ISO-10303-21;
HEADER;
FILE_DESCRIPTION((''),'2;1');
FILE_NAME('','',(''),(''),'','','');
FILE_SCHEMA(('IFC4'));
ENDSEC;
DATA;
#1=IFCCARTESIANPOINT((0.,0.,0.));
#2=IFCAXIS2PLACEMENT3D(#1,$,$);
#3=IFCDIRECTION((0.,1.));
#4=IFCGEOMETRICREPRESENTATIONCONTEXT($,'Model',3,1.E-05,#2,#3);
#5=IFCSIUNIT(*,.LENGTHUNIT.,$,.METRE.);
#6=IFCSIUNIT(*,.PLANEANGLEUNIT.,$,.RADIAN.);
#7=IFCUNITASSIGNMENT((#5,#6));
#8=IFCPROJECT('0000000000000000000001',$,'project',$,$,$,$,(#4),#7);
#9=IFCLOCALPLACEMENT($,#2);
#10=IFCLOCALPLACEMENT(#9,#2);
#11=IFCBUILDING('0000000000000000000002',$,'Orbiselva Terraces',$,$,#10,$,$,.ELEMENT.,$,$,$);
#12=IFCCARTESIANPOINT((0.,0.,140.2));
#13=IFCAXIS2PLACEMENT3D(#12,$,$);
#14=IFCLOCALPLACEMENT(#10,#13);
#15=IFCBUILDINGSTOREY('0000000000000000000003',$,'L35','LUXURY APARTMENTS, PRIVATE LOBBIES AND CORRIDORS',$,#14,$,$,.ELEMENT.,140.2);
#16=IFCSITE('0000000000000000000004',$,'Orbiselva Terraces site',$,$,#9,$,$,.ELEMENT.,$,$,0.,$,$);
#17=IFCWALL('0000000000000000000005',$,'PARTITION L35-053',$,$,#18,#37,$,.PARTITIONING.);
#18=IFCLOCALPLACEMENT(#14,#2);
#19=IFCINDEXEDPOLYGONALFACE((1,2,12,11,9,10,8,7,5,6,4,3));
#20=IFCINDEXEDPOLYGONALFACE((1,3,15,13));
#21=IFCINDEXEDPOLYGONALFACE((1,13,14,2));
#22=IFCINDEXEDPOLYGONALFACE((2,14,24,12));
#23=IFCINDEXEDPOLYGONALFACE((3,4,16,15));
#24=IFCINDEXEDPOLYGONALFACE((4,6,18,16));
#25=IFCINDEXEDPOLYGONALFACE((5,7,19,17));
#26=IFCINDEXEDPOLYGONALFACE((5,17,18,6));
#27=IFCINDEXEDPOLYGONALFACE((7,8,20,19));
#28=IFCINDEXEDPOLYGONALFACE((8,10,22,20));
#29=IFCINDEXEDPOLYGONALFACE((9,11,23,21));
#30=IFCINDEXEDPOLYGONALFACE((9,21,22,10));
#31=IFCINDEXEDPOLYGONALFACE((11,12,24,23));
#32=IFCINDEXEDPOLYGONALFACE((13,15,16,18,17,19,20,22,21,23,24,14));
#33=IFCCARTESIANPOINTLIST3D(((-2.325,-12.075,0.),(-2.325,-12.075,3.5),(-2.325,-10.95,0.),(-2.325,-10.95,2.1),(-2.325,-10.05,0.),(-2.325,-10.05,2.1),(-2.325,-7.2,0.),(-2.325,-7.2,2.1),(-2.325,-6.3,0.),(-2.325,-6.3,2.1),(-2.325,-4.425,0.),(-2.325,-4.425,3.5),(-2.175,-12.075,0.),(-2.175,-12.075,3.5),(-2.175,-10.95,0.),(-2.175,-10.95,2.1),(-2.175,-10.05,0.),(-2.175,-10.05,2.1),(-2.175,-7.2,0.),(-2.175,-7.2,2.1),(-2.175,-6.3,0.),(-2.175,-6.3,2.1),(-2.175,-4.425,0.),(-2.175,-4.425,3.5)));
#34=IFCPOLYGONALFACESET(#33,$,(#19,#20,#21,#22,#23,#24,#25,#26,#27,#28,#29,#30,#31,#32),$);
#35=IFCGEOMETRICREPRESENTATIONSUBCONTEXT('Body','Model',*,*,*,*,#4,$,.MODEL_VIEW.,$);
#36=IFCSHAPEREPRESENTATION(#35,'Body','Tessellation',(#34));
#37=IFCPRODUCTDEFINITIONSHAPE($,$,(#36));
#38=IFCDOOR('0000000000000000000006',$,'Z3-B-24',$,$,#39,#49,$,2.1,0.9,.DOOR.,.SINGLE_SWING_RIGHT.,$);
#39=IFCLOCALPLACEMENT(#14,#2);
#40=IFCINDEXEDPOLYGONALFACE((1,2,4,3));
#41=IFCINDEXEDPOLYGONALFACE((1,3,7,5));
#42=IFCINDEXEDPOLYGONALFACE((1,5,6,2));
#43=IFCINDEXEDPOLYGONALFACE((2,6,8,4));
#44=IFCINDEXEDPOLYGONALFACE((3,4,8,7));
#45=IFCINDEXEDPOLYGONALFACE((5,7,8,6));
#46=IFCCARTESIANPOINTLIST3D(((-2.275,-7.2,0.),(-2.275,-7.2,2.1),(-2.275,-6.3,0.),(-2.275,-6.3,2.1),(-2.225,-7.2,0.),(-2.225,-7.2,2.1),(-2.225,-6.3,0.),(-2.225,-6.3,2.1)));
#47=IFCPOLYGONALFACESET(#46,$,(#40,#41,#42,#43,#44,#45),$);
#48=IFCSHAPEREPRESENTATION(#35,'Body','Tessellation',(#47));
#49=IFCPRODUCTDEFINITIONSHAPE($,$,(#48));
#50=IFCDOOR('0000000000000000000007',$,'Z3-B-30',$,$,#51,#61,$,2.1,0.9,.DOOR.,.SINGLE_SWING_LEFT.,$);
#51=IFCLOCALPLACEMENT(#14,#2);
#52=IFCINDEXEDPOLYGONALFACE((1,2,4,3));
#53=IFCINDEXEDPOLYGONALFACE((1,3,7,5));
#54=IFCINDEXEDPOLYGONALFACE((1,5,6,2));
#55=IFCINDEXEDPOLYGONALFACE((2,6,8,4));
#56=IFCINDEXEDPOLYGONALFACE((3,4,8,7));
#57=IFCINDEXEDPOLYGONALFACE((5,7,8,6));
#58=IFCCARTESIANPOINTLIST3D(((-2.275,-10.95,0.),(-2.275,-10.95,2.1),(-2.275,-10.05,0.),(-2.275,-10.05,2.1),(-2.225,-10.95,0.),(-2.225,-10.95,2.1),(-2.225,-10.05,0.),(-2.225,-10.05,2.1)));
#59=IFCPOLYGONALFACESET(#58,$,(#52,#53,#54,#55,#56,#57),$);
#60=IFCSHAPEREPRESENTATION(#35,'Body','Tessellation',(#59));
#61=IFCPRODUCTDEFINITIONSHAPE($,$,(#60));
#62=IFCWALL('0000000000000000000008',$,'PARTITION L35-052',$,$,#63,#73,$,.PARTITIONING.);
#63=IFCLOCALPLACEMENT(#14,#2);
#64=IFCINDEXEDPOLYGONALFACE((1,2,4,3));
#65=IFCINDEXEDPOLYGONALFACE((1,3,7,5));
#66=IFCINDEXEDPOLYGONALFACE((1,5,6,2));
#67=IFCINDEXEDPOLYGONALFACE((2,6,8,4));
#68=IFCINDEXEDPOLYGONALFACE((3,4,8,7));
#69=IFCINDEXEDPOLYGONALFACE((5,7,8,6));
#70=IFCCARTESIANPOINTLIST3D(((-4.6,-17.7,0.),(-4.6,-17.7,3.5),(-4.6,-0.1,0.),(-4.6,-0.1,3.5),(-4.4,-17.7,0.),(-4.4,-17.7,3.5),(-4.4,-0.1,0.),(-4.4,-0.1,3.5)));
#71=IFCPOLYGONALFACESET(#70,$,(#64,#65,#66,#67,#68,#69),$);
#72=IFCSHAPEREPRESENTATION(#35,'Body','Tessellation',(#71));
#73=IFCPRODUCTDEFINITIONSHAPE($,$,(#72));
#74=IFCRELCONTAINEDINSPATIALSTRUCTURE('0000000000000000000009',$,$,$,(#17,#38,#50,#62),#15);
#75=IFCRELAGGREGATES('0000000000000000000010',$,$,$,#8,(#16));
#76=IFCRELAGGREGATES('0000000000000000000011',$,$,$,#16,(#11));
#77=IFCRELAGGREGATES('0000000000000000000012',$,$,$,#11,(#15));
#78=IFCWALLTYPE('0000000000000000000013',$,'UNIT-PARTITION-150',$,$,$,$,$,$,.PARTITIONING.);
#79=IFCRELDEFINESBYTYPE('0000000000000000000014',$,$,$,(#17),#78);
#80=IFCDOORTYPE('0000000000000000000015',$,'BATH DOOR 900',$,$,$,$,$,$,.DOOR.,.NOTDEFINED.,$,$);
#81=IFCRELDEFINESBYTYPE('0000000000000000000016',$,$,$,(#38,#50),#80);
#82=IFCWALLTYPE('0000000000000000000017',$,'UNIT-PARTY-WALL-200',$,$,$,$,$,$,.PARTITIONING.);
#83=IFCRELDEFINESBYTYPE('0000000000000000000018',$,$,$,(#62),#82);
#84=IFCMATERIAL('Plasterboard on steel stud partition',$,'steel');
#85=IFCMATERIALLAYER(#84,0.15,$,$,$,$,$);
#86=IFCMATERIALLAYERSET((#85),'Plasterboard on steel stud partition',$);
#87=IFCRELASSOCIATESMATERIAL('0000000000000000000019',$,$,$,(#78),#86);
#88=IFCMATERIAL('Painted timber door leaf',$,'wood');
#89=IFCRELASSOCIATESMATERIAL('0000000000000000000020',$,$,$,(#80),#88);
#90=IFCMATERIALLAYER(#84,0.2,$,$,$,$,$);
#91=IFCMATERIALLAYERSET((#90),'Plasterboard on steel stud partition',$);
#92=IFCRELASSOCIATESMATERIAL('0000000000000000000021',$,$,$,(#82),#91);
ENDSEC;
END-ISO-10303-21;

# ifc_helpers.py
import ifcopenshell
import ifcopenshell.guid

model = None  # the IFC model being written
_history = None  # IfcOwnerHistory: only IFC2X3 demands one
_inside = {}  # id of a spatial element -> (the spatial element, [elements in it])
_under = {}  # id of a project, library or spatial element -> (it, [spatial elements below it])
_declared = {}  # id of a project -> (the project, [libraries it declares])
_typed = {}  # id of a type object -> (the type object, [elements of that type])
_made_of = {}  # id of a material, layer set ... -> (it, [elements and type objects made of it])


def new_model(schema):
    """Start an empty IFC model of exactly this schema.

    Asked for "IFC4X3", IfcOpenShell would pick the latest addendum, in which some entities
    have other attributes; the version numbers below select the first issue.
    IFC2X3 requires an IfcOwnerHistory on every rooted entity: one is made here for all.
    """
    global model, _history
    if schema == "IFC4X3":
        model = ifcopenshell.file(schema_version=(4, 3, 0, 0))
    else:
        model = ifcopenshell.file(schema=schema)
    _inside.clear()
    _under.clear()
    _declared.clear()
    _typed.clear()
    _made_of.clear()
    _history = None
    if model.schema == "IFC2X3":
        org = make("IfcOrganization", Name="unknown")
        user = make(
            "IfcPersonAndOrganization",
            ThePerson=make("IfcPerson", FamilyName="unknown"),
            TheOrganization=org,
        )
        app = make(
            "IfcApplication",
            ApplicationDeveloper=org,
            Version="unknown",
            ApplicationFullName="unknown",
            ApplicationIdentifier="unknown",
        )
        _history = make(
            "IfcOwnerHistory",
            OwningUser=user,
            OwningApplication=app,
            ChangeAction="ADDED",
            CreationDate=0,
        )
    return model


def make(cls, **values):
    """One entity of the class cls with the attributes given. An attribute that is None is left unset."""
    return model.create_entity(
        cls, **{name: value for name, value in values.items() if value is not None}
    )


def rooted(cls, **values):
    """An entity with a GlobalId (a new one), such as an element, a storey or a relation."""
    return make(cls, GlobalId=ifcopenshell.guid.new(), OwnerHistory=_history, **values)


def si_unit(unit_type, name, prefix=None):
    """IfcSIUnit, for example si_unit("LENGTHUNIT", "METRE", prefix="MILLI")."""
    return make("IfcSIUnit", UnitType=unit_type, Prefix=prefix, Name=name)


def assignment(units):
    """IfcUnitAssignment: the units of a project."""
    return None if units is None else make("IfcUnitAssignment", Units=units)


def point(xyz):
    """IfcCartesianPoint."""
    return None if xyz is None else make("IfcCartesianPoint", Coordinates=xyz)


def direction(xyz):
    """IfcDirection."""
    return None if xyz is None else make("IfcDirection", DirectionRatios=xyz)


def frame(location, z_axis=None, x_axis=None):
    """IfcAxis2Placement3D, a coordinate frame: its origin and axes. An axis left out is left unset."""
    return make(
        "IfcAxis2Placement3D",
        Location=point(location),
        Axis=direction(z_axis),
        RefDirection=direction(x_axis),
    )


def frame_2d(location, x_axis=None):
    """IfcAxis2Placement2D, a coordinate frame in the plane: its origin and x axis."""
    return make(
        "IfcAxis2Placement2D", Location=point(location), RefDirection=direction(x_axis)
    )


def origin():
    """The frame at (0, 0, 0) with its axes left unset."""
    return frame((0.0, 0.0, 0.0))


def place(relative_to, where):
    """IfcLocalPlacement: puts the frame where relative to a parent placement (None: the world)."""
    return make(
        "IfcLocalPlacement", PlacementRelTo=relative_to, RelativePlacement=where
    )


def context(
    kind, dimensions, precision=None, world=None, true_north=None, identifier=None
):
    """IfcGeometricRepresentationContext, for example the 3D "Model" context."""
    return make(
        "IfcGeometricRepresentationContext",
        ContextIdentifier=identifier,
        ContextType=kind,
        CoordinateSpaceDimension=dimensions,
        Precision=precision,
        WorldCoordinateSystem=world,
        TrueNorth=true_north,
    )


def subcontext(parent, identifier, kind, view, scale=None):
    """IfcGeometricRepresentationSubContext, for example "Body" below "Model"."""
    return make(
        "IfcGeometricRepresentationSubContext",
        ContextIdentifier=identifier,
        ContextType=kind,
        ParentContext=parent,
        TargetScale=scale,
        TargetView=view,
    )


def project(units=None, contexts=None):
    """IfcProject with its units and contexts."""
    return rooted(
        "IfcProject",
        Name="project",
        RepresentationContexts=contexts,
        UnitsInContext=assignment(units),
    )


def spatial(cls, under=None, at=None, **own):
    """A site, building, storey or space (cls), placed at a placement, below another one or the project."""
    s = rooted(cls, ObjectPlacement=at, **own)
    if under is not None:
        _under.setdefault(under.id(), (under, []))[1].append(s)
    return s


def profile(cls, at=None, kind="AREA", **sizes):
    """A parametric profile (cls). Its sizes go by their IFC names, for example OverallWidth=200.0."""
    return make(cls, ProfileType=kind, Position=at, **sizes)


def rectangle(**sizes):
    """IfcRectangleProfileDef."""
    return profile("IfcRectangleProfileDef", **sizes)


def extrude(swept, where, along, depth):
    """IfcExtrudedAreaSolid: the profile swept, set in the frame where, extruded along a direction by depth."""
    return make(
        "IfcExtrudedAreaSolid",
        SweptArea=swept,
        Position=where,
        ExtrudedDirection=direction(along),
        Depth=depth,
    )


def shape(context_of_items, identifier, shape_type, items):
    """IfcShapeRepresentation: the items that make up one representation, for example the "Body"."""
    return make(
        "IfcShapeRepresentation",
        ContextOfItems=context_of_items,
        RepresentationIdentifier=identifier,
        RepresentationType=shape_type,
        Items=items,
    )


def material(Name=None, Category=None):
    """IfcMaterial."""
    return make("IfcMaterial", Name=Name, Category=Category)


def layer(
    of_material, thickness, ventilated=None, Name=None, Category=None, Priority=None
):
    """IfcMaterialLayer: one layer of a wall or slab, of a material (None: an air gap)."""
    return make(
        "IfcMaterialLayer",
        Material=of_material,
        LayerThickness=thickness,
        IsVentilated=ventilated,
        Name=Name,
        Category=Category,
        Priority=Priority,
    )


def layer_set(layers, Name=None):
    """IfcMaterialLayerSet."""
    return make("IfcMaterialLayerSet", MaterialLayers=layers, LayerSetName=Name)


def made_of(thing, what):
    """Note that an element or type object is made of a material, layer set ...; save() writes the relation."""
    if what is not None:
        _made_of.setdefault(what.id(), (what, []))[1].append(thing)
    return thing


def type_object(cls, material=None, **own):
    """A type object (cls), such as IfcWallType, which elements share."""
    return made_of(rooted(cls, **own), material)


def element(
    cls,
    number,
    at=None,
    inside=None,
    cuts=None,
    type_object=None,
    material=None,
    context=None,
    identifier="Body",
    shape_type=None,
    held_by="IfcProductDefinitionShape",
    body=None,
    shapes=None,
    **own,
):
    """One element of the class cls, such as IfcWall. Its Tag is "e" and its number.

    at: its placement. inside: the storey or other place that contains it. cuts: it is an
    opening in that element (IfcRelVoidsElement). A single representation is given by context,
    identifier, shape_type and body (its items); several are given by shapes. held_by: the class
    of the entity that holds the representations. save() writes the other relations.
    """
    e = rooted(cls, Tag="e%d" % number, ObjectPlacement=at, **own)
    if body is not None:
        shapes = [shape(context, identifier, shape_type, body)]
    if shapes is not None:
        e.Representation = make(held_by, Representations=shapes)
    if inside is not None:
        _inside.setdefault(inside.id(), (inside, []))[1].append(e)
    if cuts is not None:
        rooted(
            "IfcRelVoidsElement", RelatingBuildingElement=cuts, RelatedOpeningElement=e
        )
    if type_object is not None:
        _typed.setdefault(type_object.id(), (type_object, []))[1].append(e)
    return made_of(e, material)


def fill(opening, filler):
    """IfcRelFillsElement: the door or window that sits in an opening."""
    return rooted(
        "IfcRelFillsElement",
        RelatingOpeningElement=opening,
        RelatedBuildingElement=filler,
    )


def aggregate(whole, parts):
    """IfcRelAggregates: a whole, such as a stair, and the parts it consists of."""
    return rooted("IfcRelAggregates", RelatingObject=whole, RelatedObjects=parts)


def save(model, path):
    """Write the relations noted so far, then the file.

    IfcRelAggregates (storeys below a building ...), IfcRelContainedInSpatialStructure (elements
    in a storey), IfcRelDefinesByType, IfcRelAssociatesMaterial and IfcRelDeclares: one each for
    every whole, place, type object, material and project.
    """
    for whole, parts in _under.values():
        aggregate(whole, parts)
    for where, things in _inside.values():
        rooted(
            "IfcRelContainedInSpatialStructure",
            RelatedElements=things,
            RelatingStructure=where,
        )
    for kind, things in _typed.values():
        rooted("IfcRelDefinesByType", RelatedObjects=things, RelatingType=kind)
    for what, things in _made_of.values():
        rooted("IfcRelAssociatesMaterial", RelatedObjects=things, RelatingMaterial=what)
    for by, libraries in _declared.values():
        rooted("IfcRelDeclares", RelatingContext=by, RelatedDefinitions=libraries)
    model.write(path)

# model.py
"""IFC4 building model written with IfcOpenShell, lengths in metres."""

from ifc_helpers import new_model, si_unit, direction, frame, frame_2d, origin, place, context, subcontext, project, spatial, rectangle, extrude, material, layer, layer_set, type_object, element, fill, save


model = new_model("IFC4")

# Units and contexts
model_context = context("Model", 3, precision=1e-05, world=origin(), true_north=direction((0.0, 1.0)))
body_context = subcontext(model_context, "Body", "Model", "MODEL_VIEW")
ifc_project = project(units=[si_unit("LENGTHUNIT", "METRE"), si_unit("PLANEANGLEUNIT", "RADIAN")], contexts=[model_context])

# Site, building, storey
site_placement = place(None, origin())
site = spatial("IfcSite", under=ifc_project, at=site_placement, Name="Orbiselva Terraces site", CompositionType="ELEMENT", RefElevation=0.0)
building_placement = place(site_placement, origin())
building = spatial("IfcBuilding", under=site, at=building_placement, Name="Orbiselva Terraces", CompositionType="ELEMENT")
storey_placement = place(building_placement, frame((0.0, 0.0, 140.2)))
storey = spatial("IfcBuildingStorey", under=building, at=storey_placement, Name="L35", Description="LUXURY APARTMENTS, PRIVATE LOBBIES AND CORRIDORS", CompositionType="ELEMENT", Elevation=140.2)

# Shared definitions
ifc_material_1 = material(Name="Plasterboard on steel stud partition", Category="steel")
ifc_layer_1 = layer(ifc_material_1, 0.15)
ifc_layer_set_1 = layer_set([ifc_layer_1], Name="Plasterboard on steel stud partition")
wall_type_1 = type_object("IfcWallType", Name="UNIT-PARTITION-150", PredefinedType="PARTITIONING", material=ifc_layer_set_1)
ifc_material_2 = material(Name="Painted timber door leaf", Category="wood")
door_type_1 = type_object("IfcDoorType", Name="BATH DOOR 900", OperationType="NOTDEFINED", PredefinedType="DOOR", material=ifc_material_2)

# Wall, openings, doors
wall_1_placement = place(storey_placement, frame((-2.25, -12.075, 0.0), z_axis=(0.0, 0.0, 1.0), x_axis=(0.0, 1.0, 0.0)))
wall_1 = element("IfcWall", 1, at=wall_1_placement, inside=storey, type_object=wall_type_1, Name="PARTITION L35-053", PredefinedType="PARTITIONING", context=body_context, shape_type="SweptSolid", body=[
    extrude(rectangle(XDim=7.65, YDim=0.15, at=frame_2d((3.825, 0.0))), origin(), (0.0, 0.0, 1.0), 3.5),
])
opening_1_placement = place(wall_1_placement, frame((4.875, 0.0, 0.0)))
opening_1 = element("IfcOpeningElement", 2, at=opening_1_placement, cuts=wall_1, PredefinedType="OPENING", context=body_context, shape_type="SweptSolid", body=[
    extrude(rectangle(XDim=0.9, YDim=2.1, at=frame_2d((0.45, 1.05))), frame((0.0, 0.085, 0.0), z_axis=(0.0, -1.0, 0.0), x_axis=(1.0, 0.0, 0.0)), (0.0, 0.0, 1.0), 0.17),
])
opening_2_placement = place(wall_1_placement, frame((1.125, 0.0, 0.0)))
opening_2 = element("IfcOpeningElement", 3, at=opening_2_placement, cuts=wall_1, PredefinedType="OPENING", context=body_context, shape_type="SweptSolid", body=[
    extrude(rectangle(XDim=0.9, YDim=2.1, at=frame_2d((0.45, 1.05))), frame((0.0, 0.085, 0.0), z_axis=(0.0, -1.0, 0.0), x_axis=(1.0, 0.0, 0.0)), (0.0, 0.0, 1.0), 0.17),
])
door_1_placement = place(opening_1_placement, origin())
door_1 = element("IfcDoor", 4, at=door_1_placement, inside=storey, type_object=door_type_1, Name="Z3-B-24", OperationType="SINGLE_SWING_RIGHT", OverallHeight=2.1, OverallWidth=0.9, PredefinedType="DOOR", context=body_context, shape_type="SweptSolid", body=[
    extrude(rectangle(XDim=0.9, YDim=2.1, at=frame_2d((0.45, 1.05))), frame((0.0, 0.025, 0.0), z_axis=(0.0, -1.0, 0.0), x_axis=(1.0, 0.0, 0.0)), (0.0, 0.0, 1.0), 0.05),
])
fill(opening_1, door_1)
door_2_placement = place(opening_2_placement, origin())
door_2 = element("IfcDoor", 5, at=door_2_placement, inside=storey, type_object=door_type_1, Name="Z3-B-30", OperationType="SINGLE_SWING_LEFT", OverallHeight=2.1, OverallWidth=0.9, PredefinedType="DOOR", context=body_context, shape_type="SweptSolid", body=[
    extrude(rectangle(XDim=0.9, YDim=2.1, at=frame_2d((0.45, 1.05))), frame((0.0, 0.025, 0.0), z_axis=(0.0, -1.0, 0.0), x_axis=(1.0, 0.0, 0.0)), (0.0, 0.0, 1.0), 0.05),
])
fill(opening_2, door_2)

# Wall
ifc_layer_2 = layer(ifc_material_1, 0.2)
ifc_layer_set_2 = layer_set([ifc_layer_2], Name="Plasterboard on steel stud partition")
wall_type_2 = type_object("IfcWallType", Name="UNIT-PARTY-WALL-200", PredefinedType="PARTITIONING", material=ifc_layer_set_2)
wall_2_placement = place(storey_placement, frame((-4.5, -17.7, 0.0), z_axis=(0.0, 0.0, 1.0), x_axis=(0.0, 1.0, 0.0)))
element("IfcWall", 6, at=wall_2_placement, inside=storey, type_object=wall_type_2, Name="PARTITION L35-052", PredefinedType="PARTITIONING", context=body_context, shape_type="SweptSolid", body=[
    extrude(rectangle(XDim=17.6, YDim=0.2, at=frame_2d((8.8, 0.0))), origin(), (0.0, 0.0, 1.0), 3.5),
])

save(model, "model.ifc")
